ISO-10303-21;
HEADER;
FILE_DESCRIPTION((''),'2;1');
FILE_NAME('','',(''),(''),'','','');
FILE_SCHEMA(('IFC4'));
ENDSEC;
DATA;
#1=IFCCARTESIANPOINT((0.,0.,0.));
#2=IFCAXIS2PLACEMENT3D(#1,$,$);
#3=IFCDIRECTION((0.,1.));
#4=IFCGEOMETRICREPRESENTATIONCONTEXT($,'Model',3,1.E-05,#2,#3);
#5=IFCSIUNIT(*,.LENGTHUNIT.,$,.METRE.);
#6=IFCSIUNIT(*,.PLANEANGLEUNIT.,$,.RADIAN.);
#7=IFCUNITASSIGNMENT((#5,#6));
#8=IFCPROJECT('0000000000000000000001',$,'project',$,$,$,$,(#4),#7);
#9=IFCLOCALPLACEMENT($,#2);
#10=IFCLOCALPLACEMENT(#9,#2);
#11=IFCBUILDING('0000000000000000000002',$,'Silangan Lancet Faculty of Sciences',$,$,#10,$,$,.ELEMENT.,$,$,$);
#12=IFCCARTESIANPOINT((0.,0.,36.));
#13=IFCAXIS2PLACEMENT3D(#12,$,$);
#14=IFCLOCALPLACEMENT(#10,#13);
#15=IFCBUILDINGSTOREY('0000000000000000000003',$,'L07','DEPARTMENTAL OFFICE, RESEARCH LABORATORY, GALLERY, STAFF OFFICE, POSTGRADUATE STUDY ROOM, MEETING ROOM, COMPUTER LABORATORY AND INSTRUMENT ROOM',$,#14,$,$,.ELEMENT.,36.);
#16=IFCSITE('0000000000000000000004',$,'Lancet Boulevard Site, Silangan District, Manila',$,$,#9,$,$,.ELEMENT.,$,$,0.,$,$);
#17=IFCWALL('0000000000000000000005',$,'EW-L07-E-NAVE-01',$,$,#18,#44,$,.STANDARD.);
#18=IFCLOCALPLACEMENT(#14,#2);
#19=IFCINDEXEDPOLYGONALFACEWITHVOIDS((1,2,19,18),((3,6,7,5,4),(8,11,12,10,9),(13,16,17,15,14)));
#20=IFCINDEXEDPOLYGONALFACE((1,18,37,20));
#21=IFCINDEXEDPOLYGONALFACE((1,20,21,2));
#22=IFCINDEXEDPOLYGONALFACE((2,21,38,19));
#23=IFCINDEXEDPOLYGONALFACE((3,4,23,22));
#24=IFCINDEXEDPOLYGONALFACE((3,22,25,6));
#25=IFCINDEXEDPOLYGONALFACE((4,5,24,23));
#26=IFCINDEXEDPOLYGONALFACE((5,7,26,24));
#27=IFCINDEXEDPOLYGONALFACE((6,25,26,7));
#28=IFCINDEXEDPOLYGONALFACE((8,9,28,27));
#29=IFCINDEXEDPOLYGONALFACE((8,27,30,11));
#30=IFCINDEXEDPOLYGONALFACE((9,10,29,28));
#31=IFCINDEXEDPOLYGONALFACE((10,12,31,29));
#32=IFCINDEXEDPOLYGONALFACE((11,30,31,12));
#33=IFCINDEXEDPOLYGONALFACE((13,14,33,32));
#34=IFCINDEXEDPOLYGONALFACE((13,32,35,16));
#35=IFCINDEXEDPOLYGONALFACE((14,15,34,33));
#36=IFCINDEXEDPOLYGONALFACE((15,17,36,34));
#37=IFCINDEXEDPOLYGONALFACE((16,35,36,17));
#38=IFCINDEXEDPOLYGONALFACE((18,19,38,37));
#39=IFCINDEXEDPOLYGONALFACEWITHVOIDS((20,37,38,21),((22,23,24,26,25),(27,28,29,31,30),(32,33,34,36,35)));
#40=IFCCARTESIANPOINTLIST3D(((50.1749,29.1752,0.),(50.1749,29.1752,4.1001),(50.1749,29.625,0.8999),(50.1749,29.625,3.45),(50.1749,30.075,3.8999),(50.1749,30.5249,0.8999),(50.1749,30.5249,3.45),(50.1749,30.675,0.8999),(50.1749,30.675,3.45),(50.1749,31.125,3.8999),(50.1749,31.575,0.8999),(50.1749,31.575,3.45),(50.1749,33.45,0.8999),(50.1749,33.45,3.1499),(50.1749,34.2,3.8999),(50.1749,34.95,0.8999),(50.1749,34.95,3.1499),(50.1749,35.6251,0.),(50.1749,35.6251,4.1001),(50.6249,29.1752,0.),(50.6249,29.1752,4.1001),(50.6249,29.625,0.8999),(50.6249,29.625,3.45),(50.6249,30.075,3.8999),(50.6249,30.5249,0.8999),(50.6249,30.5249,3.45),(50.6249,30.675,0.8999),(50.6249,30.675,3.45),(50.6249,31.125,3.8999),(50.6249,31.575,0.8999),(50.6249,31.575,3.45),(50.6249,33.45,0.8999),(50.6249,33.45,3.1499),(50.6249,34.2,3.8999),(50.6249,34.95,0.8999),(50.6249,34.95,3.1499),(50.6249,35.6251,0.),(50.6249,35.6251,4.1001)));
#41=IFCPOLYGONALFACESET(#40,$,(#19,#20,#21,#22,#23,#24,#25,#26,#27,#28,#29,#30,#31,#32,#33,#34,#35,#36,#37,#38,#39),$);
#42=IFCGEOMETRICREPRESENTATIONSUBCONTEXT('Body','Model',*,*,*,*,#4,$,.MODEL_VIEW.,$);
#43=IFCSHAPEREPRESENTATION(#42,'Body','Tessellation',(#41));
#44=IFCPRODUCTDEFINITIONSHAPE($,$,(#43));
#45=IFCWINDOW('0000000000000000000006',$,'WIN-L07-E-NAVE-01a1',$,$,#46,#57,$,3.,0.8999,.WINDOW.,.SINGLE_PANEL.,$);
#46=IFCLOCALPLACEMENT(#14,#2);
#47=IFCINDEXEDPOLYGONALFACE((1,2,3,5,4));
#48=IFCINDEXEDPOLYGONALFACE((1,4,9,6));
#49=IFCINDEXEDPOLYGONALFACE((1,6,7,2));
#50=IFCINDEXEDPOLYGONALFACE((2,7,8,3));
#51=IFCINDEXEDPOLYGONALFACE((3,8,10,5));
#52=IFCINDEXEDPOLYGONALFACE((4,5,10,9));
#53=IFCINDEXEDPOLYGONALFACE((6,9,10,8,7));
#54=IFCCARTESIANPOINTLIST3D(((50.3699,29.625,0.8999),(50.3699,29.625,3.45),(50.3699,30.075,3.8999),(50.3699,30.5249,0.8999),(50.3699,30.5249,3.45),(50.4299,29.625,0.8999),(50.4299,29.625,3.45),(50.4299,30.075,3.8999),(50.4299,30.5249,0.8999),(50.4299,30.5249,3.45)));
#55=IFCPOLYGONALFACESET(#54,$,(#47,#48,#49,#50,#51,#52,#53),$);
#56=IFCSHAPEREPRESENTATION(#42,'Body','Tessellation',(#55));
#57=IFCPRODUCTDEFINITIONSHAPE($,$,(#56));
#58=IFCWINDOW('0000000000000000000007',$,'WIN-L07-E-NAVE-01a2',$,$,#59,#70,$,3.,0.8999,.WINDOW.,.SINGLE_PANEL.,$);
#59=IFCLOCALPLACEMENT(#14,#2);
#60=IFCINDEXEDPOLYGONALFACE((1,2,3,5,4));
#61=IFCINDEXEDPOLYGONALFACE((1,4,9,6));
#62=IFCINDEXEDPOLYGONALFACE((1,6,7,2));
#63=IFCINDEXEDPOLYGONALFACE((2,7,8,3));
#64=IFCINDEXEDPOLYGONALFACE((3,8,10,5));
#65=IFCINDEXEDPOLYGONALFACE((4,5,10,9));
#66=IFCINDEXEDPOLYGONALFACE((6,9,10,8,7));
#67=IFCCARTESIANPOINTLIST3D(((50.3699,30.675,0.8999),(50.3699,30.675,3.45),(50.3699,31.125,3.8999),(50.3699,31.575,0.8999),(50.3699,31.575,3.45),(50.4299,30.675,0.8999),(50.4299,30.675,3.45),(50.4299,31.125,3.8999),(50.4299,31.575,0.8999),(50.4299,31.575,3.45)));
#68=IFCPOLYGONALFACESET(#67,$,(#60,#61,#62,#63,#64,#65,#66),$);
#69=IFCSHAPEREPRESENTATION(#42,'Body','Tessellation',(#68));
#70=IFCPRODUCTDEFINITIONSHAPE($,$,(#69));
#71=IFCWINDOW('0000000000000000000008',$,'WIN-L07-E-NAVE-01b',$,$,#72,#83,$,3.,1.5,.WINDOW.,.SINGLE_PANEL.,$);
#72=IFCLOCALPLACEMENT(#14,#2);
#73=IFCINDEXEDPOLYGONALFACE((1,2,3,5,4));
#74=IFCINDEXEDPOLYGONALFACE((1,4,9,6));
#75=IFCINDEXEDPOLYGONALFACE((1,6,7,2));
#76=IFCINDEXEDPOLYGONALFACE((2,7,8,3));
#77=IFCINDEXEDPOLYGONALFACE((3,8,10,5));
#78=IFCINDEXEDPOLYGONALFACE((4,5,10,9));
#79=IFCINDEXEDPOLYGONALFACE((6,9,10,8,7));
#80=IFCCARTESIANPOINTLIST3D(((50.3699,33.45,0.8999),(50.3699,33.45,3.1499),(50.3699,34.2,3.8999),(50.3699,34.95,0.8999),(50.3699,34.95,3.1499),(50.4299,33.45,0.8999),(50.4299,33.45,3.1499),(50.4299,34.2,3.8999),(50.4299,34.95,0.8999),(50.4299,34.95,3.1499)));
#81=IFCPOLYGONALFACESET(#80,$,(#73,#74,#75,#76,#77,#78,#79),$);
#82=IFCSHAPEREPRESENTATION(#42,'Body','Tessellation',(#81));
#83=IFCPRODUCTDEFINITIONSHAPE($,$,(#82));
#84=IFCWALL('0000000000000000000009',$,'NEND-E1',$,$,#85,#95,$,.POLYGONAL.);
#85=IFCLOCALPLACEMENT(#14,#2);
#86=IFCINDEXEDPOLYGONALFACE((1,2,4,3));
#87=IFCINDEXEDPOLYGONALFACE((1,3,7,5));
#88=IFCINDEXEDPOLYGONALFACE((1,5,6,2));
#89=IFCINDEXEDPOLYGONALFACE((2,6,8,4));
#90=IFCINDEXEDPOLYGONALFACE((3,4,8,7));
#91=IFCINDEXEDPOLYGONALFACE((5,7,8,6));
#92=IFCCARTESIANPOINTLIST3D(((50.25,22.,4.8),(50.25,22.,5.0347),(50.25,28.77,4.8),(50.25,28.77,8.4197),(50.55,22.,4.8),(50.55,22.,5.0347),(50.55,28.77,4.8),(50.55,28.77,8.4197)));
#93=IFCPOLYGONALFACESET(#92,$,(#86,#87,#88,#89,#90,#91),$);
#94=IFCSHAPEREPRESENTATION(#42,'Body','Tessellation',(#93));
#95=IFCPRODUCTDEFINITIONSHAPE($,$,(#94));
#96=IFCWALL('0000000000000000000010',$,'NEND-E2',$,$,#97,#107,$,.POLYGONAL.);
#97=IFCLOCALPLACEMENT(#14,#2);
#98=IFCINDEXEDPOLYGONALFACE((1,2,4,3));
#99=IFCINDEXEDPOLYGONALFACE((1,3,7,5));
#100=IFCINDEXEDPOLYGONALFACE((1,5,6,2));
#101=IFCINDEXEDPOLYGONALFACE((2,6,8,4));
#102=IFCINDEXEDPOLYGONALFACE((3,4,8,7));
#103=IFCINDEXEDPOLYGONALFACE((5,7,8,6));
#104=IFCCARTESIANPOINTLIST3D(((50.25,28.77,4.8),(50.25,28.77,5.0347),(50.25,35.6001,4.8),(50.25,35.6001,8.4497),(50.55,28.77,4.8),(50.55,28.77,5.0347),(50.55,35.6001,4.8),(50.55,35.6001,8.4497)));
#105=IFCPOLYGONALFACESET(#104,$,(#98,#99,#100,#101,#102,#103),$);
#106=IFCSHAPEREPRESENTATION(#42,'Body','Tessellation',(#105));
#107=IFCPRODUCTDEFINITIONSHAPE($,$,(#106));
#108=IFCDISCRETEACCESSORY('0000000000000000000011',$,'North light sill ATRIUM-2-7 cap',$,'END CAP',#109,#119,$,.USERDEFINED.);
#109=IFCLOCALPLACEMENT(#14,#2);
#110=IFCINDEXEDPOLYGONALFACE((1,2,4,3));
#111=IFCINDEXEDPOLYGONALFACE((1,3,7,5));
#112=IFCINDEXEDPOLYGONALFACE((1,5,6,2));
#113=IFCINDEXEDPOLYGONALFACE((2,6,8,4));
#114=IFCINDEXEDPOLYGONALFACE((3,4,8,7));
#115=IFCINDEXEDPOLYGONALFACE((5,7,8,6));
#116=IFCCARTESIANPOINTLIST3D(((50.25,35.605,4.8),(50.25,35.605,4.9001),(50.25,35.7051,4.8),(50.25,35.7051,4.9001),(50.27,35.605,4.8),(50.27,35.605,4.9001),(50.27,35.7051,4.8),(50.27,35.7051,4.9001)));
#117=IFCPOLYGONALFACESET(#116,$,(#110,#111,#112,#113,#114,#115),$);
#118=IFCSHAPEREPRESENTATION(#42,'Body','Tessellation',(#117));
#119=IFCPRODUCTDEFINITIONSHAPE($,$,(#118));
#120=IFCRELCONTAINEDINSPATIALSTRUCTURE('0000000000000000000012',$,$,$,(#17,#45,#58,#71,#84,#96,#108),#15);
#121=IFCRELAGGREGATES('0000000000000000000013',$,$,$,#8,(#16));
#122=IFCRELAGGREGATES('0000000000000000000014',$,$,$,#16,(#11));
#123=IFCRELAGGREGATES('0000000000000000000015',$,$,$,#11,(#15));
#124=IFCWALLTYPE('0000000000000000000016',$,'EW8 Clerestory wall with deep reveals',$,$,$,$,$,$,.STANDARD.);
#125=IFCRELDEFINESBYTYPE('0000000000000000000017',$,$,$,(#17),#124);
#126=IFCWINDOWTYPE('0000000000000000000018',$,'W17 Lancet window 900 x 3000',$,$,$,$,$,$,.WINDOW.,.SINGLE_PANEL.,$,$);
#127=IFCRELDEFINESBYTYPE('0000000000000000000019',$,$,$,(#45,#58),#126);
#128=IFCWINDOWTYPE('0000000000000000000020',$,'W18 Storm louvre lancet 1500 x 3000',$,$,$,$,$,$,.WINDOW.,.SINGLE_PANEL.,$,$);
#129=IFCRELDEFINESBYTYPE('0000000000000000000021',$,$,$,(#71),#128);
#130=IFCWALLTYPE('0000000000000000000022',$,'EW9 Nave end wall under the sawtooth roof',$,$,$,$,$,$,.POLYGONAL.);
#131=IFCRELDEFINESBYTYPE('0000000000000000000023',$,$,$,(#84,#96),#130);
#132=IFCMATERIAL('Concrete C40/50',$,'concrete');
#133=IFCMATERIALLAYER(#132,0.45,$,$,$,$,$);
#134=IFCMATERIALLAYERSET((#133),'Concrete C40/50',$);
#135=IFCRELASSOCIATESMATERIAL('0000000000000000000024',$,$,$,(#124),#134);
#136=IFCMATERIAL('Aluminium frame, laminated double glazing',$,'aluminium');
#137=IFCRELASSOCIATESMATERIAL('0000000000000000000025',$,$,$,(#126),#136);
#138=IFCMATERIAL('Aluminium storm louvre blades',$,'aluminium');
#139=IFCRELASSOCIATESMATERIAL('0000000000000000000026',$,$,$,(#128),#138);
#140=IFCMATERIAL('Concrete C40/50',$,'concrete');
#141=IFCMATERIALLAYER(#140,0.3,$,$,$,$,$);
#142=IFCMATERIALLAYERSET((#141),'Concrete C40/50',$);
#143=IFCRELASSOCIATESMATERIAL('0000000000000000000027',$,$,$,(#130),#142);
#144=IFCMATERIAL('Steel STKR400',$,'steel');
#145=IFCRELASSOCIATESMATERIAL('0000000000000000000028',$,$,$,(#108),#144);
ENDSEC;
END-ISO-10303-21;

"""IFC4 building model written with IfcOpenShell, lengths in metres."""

from ifc_helpers import new_model, si_unit, direction, frame, frame_2d, origin, origin_2d, place, context, subcontext, project, spatial, polyline, rectangle, outline, extrude, material, layer, layer_set, type_object, element, fill, save


model = new_model("IFC4")

# Units and contexts
model_context = context("Model", 3, precision=1e-05, world=origin(), true_north=direction((0.0, 1.0)))
body_context = subcontext(model_context, "Body", "Model", "MODEL_VIEW")
ifc_project = project(units=[si_unit("LENGTHUNIT", "METRE"), si_unit("PLANEANGLEUNIT", "RADIAN")], contexts=[model_context])

# Site, building, storey
site_placement = place(None, origin())
site = spatial("IfcSite", under=ifc_project, at=site_placement, Name="Lancet Boulevard Site, Silangan District, Manila", CompositionType="ELEMENT", RefElevation=0.0)
building_placement = place(site_placement, origin())
building = spatial("IfcBuilding", under=site, at=building_placement, Name="Silangan Lancet Faculty of Sciences", CompositionType="ELEMENT")
storey_placement = place(building_placement, frame((0.0, 0.0, 36.0)))
storey = spatial("IfcBuildingStorey", under=building, at=storey_placement, Name="L07", Description="DEPARTMENTAL OFFICE, RESEARCH LABORATORY, GALLERY, STAFF OFFICE, POSTGRADUATE STUDY ROOM, MEETING ROOM, COMPUTER LABORATORY AND INSTRUMENT ROOM", CompositionType="ELEMENT", Elevation=36.0)

# Wall, openings, windows
ifc_material_1 = material(Name="Concrete C40/50", Category="concrete")
ifc_layer_1 = layer(ifc_material_1, 0.45)
ifc_layer_set_1 = layer_set([ifc_layer_1], Name="Concrete C40/50")
wall_type_1 = type_object("IfcWallType", Name="EW8 Clerestory wall with deep reveals", PredefinedType="STANDARD", material=ifc_layer_set_1)
wall_1_placement = place(storey_placement, frame((50.3999, 29.175, 0.0), z_axis=(0.0, 0.0, 1.0), x_axis=(0.0, 1.0, 0.0)))
wall_1 = element("IfcWall", 1, at=wall_1_placement, inside=storey, type_object=wall_type_1, Name="EW-L07-E-NAVE-01", PredefinedType="STANDARD", context=body_context, shape_type="SweptSolid", body=[
    extrude(rectangle(XDim=6.45, YDim=0.45, at=frame_2d((3.2251, 0.0))), origin(), (0.0, 0.0, 1.0), 4.1001),
])
opening_1_placement = place(wall_1_placement, frame((0.45, 0.0, 0.8999)))
opening_1 = element("IfcOpeningElement", 2, at=opening_1_placement, cuts=wall_1, PredefinedType="OPENING", context=body_context, shape_type="SweptSolid", body=[
    extrude(outline(polyline([(0.0, 0.0), (0.8999, 0.0), (0.8999, 2.55), (0.45, 3.0), (0.0, 2.55), (0.0, 0.0)])), frame((0.0, 0.2349, 0.0), z_axis=(0.0, -1.0, 0.0), x_axis=(1.0, 0.0, 0.0)), (0.0, 0.0, 1.0), 0.47),
])
opening_2_placement = place(wall_1_placement, frame((1.5, 0.0, 0.8999)))
opening_2 = element("IfcOpeningElement", 3, at=opening_2_placement, cuts=wall_1, PredefinedType="OPENING", context=body_context, shape_type="SweptSolid", body=[
    extrude(outline(polyline([(0.0, 0.0), (0.8999, 0.0), (0.8999, 2.55), (0.45, 3.0), (0.0, 2.55), (0.0, 0.0)])), frame((0.0, 0.2349, 0.0), z_axis=(0.0, -1.0, 0.0), x_axis=(1.0, 0.0, 0.0)), (0.0, 0.0, 1.0), 0.47),
])
opening_3_placement = place(wall_1_placement, frame((4.2749, 0.0, 0.8999)))
opening_3 = element("IfcOpeningElement", 4, at=opening_3_placement, cuts=wall_1, PredefinedType="OPENING", context=body_context, shape_type="SweptSolid", body=[
    extrude(outline(polyline([(0.0, 0.0), (1.5, 0.0), (1.5, 2.25), (0.75, 3.0), (0.0, 2.25), (0.0, 0.0)])), frame((0.0, 0.2349, 0.0), z_axis=(0.0, -1.0, 0.0), x_axis=(1.0, 0.0, 0.0)), (0.0, 0.0, 1.0), 0.47),
])
ifc_material_2 = material(Name="Aluminium frame, laminated double glazing", Category="aluminium")
window_type_1 = type_object("IfcWindowType", Name="W17 Lancet window 900 x 3000", PartitioningType="SINGLE_PANEL", PredefinedType="WINDOW", material=ifc_material_2)
window_1_placement = place(opening_1_placement, origin())
window_1 = element("IfcWindow", 5, at=window_1_placement, inside=storey, type_object=window_type_1, Name="WIN-L07-E-NAVE-01a1", OverallHeight=3.0, OverallWidth=0.8999, PartitioningType="SINGLE_PANEL", PredefinedType="WINDOW", context=body_context, shape_type="SweptSolid", body=[
    extrude(outline(polyline([(0.0, 0.0), (0.8999, 0.0), (0.8999, 2.55), (0.45, 3.0), (0.0, 2.55), (0.0, 0.0)])), frame((0.0, 0.03, 0.0), z_axis=(0.0, -1.0, 0.0), x_axis=(1.0, 0.0, 0.0)), (0.0, 0.0, 1.0), 0.0601),
])
fill(opening_1, window_1)
window_2_placement = place(opening_2_placement, origin())
window_2 = element("IfcWindow", 6, at=window_2_placement, inside=storey, type_object=window_type_1, Name="WIN-L07-E-NAVE-01a2", OverallHeight=3.0, OverallWidth=0.8999, PartitioningType="SINGLE_PANEL", PredefinedType="WINDOW", context=body_context, shape_type="SweptSolid", body=[
    extrude(outline(polyline([(0.0, 0.0), (0.8999, 0.0), (0.8999, 2.55), (0.45, 3.0), (0.0, 2.55), (0.0, 0.0)])), frame((0.0, 0.03, 0.0), z_axis=(0.0, -1.0, 0.0), x_axis=(1.0, 0.0, 0.0)), (0.0, 0.0, 1.0), 0.0601),
])
fill(opening_2, window_2)
ifc_material_3 = material(Name="Aluminium storm louvre blades", Category="aluminium")
window_type_2 = type_object("IfcWindowType", Name="W18 Storm louvre lancet 1500 x 3000", PartitioningType="SINGLE_PANEL", PredefinedType="WINDOW", material=ifc_material_3)
window_3_placement = place(opening_3_placement, origin())
window_3 = element("IfcWindow", 7, at=window_3_placement, inside=storey, type_object=window_type_2, Name="WIN-L07-E-NAVE-01b", OverallHeight=3.0, OverallWidth=1.5, PartitioningType="SINGLE_PANEL", PredefinedType="WINDOW", context=body_context, shape_type="SweptSolid", body=[
    extrude(outline(polyline([(0.0, 0.0), (1.5, 0.0), (1.5, 2.25), (0.75, 3.0), (0.0, 2.25), (0.0, 0.0)])), frame((0.0, 0.03, 0.0), z_axis=(0.0, -1.0, 0.0), x_axis=(1.0, 0.0, 0.0)), (0.0, 0.0, 1.0), 0.0601),
])
fill(opening_3, window_3)

# Walls
ifc_material_4 = material(Name="Concrete C40/50", Category="concrete")
ifc_layer_2 = layer(ifc_material_4, 0.3)
ifc_layer_set_2 = layer_set([ifc_layer_2], Name="Concrete C40/50")
wall_type_2 = type_object("IfcWallType", Name="EW9 Nave end wall under the sawtooth roof", PredefinedType="POLYGONAL", material=ifc_layer_set_2)
wall_2_placement = place(storey_placement, frame((50.3999, 22.0, 4.8), z_axis=(0.0, 0.0, 1.0), x_axis=(0.0, 1.0, 0.0)))
element("IfcWall", 8, at=wall_2_placement, inside=storey, type_object=wall_type_2, Name="NEND-E1", PredefinedType="POLYGONAL", context=body_context, shape_type="SweptSolid", body=[
    extrude(outline(polyline([(0.0, 0.0), (6.77, 0.0), (6.77, 3.6196), (0.0, 0.2346), (0.0, 0.0)])), frame((0.0, 0.1499, 0.0), z_axis=(0.0, -1.0, 0.0), x_axis=(1.0, 0.0, 0.0)), (0.0, 0.0, 1.0), 0.3),
])
wall_3_placement = place(storey_placement, frame((50.3999, 28.77, 4.8), z_axis=(0.0, 0.0, 1.0), x_axis=(0.0, 1.0, 0.0)))
element("IfcWall", 9, at=wall_3_placement, inside=storey, type_object=wall_type_2, Name="NEND-E2", PredefinedType="POLYGONAL", context=body_context, shape_type="SweptSolid", body=[
    extrude(outline(polyline([(0.0, 0.0), (6.8301, 0.0), (6.8301, 3.6497), (0.0, 0.2346), (0.0, 0.0)])), frame((0.0, 0.1499, 0.0), z_axis=(0.0, -1.0, 0.0), x_axis=(1.0, 0.0, 0.0)), (0.0, 0.0, 1.0), 0.3),
])

# Discrete accessory
ifc_material_5 = material(Name="Steel STKR400", Category="steel")
discrete_accessory_placement = place(storey_placement, frame((50.26, 35.655, 4.8), z_axis=(0.0, 0.0, 1.0), x_axis=(1.0, 0.0, 0.0)))
element("IfcDiscreteAccessory", 10, at=discrete_accessory_placement, inside=storey, material=ifc_material_5, Name="North light sill ATRIUM-2-7 cap", ObjectType="END CAP", PredefinedType="USERDEFINED", context=body_context, shape_type="SweptSolid", body=[
    extrude(rectangle(XDim=0.02, YDim=0.1001, at=origin_2d()), origin(), (0.0, 0.0, 1.0), 0.1001),
])

save(model, "model.ifc")
